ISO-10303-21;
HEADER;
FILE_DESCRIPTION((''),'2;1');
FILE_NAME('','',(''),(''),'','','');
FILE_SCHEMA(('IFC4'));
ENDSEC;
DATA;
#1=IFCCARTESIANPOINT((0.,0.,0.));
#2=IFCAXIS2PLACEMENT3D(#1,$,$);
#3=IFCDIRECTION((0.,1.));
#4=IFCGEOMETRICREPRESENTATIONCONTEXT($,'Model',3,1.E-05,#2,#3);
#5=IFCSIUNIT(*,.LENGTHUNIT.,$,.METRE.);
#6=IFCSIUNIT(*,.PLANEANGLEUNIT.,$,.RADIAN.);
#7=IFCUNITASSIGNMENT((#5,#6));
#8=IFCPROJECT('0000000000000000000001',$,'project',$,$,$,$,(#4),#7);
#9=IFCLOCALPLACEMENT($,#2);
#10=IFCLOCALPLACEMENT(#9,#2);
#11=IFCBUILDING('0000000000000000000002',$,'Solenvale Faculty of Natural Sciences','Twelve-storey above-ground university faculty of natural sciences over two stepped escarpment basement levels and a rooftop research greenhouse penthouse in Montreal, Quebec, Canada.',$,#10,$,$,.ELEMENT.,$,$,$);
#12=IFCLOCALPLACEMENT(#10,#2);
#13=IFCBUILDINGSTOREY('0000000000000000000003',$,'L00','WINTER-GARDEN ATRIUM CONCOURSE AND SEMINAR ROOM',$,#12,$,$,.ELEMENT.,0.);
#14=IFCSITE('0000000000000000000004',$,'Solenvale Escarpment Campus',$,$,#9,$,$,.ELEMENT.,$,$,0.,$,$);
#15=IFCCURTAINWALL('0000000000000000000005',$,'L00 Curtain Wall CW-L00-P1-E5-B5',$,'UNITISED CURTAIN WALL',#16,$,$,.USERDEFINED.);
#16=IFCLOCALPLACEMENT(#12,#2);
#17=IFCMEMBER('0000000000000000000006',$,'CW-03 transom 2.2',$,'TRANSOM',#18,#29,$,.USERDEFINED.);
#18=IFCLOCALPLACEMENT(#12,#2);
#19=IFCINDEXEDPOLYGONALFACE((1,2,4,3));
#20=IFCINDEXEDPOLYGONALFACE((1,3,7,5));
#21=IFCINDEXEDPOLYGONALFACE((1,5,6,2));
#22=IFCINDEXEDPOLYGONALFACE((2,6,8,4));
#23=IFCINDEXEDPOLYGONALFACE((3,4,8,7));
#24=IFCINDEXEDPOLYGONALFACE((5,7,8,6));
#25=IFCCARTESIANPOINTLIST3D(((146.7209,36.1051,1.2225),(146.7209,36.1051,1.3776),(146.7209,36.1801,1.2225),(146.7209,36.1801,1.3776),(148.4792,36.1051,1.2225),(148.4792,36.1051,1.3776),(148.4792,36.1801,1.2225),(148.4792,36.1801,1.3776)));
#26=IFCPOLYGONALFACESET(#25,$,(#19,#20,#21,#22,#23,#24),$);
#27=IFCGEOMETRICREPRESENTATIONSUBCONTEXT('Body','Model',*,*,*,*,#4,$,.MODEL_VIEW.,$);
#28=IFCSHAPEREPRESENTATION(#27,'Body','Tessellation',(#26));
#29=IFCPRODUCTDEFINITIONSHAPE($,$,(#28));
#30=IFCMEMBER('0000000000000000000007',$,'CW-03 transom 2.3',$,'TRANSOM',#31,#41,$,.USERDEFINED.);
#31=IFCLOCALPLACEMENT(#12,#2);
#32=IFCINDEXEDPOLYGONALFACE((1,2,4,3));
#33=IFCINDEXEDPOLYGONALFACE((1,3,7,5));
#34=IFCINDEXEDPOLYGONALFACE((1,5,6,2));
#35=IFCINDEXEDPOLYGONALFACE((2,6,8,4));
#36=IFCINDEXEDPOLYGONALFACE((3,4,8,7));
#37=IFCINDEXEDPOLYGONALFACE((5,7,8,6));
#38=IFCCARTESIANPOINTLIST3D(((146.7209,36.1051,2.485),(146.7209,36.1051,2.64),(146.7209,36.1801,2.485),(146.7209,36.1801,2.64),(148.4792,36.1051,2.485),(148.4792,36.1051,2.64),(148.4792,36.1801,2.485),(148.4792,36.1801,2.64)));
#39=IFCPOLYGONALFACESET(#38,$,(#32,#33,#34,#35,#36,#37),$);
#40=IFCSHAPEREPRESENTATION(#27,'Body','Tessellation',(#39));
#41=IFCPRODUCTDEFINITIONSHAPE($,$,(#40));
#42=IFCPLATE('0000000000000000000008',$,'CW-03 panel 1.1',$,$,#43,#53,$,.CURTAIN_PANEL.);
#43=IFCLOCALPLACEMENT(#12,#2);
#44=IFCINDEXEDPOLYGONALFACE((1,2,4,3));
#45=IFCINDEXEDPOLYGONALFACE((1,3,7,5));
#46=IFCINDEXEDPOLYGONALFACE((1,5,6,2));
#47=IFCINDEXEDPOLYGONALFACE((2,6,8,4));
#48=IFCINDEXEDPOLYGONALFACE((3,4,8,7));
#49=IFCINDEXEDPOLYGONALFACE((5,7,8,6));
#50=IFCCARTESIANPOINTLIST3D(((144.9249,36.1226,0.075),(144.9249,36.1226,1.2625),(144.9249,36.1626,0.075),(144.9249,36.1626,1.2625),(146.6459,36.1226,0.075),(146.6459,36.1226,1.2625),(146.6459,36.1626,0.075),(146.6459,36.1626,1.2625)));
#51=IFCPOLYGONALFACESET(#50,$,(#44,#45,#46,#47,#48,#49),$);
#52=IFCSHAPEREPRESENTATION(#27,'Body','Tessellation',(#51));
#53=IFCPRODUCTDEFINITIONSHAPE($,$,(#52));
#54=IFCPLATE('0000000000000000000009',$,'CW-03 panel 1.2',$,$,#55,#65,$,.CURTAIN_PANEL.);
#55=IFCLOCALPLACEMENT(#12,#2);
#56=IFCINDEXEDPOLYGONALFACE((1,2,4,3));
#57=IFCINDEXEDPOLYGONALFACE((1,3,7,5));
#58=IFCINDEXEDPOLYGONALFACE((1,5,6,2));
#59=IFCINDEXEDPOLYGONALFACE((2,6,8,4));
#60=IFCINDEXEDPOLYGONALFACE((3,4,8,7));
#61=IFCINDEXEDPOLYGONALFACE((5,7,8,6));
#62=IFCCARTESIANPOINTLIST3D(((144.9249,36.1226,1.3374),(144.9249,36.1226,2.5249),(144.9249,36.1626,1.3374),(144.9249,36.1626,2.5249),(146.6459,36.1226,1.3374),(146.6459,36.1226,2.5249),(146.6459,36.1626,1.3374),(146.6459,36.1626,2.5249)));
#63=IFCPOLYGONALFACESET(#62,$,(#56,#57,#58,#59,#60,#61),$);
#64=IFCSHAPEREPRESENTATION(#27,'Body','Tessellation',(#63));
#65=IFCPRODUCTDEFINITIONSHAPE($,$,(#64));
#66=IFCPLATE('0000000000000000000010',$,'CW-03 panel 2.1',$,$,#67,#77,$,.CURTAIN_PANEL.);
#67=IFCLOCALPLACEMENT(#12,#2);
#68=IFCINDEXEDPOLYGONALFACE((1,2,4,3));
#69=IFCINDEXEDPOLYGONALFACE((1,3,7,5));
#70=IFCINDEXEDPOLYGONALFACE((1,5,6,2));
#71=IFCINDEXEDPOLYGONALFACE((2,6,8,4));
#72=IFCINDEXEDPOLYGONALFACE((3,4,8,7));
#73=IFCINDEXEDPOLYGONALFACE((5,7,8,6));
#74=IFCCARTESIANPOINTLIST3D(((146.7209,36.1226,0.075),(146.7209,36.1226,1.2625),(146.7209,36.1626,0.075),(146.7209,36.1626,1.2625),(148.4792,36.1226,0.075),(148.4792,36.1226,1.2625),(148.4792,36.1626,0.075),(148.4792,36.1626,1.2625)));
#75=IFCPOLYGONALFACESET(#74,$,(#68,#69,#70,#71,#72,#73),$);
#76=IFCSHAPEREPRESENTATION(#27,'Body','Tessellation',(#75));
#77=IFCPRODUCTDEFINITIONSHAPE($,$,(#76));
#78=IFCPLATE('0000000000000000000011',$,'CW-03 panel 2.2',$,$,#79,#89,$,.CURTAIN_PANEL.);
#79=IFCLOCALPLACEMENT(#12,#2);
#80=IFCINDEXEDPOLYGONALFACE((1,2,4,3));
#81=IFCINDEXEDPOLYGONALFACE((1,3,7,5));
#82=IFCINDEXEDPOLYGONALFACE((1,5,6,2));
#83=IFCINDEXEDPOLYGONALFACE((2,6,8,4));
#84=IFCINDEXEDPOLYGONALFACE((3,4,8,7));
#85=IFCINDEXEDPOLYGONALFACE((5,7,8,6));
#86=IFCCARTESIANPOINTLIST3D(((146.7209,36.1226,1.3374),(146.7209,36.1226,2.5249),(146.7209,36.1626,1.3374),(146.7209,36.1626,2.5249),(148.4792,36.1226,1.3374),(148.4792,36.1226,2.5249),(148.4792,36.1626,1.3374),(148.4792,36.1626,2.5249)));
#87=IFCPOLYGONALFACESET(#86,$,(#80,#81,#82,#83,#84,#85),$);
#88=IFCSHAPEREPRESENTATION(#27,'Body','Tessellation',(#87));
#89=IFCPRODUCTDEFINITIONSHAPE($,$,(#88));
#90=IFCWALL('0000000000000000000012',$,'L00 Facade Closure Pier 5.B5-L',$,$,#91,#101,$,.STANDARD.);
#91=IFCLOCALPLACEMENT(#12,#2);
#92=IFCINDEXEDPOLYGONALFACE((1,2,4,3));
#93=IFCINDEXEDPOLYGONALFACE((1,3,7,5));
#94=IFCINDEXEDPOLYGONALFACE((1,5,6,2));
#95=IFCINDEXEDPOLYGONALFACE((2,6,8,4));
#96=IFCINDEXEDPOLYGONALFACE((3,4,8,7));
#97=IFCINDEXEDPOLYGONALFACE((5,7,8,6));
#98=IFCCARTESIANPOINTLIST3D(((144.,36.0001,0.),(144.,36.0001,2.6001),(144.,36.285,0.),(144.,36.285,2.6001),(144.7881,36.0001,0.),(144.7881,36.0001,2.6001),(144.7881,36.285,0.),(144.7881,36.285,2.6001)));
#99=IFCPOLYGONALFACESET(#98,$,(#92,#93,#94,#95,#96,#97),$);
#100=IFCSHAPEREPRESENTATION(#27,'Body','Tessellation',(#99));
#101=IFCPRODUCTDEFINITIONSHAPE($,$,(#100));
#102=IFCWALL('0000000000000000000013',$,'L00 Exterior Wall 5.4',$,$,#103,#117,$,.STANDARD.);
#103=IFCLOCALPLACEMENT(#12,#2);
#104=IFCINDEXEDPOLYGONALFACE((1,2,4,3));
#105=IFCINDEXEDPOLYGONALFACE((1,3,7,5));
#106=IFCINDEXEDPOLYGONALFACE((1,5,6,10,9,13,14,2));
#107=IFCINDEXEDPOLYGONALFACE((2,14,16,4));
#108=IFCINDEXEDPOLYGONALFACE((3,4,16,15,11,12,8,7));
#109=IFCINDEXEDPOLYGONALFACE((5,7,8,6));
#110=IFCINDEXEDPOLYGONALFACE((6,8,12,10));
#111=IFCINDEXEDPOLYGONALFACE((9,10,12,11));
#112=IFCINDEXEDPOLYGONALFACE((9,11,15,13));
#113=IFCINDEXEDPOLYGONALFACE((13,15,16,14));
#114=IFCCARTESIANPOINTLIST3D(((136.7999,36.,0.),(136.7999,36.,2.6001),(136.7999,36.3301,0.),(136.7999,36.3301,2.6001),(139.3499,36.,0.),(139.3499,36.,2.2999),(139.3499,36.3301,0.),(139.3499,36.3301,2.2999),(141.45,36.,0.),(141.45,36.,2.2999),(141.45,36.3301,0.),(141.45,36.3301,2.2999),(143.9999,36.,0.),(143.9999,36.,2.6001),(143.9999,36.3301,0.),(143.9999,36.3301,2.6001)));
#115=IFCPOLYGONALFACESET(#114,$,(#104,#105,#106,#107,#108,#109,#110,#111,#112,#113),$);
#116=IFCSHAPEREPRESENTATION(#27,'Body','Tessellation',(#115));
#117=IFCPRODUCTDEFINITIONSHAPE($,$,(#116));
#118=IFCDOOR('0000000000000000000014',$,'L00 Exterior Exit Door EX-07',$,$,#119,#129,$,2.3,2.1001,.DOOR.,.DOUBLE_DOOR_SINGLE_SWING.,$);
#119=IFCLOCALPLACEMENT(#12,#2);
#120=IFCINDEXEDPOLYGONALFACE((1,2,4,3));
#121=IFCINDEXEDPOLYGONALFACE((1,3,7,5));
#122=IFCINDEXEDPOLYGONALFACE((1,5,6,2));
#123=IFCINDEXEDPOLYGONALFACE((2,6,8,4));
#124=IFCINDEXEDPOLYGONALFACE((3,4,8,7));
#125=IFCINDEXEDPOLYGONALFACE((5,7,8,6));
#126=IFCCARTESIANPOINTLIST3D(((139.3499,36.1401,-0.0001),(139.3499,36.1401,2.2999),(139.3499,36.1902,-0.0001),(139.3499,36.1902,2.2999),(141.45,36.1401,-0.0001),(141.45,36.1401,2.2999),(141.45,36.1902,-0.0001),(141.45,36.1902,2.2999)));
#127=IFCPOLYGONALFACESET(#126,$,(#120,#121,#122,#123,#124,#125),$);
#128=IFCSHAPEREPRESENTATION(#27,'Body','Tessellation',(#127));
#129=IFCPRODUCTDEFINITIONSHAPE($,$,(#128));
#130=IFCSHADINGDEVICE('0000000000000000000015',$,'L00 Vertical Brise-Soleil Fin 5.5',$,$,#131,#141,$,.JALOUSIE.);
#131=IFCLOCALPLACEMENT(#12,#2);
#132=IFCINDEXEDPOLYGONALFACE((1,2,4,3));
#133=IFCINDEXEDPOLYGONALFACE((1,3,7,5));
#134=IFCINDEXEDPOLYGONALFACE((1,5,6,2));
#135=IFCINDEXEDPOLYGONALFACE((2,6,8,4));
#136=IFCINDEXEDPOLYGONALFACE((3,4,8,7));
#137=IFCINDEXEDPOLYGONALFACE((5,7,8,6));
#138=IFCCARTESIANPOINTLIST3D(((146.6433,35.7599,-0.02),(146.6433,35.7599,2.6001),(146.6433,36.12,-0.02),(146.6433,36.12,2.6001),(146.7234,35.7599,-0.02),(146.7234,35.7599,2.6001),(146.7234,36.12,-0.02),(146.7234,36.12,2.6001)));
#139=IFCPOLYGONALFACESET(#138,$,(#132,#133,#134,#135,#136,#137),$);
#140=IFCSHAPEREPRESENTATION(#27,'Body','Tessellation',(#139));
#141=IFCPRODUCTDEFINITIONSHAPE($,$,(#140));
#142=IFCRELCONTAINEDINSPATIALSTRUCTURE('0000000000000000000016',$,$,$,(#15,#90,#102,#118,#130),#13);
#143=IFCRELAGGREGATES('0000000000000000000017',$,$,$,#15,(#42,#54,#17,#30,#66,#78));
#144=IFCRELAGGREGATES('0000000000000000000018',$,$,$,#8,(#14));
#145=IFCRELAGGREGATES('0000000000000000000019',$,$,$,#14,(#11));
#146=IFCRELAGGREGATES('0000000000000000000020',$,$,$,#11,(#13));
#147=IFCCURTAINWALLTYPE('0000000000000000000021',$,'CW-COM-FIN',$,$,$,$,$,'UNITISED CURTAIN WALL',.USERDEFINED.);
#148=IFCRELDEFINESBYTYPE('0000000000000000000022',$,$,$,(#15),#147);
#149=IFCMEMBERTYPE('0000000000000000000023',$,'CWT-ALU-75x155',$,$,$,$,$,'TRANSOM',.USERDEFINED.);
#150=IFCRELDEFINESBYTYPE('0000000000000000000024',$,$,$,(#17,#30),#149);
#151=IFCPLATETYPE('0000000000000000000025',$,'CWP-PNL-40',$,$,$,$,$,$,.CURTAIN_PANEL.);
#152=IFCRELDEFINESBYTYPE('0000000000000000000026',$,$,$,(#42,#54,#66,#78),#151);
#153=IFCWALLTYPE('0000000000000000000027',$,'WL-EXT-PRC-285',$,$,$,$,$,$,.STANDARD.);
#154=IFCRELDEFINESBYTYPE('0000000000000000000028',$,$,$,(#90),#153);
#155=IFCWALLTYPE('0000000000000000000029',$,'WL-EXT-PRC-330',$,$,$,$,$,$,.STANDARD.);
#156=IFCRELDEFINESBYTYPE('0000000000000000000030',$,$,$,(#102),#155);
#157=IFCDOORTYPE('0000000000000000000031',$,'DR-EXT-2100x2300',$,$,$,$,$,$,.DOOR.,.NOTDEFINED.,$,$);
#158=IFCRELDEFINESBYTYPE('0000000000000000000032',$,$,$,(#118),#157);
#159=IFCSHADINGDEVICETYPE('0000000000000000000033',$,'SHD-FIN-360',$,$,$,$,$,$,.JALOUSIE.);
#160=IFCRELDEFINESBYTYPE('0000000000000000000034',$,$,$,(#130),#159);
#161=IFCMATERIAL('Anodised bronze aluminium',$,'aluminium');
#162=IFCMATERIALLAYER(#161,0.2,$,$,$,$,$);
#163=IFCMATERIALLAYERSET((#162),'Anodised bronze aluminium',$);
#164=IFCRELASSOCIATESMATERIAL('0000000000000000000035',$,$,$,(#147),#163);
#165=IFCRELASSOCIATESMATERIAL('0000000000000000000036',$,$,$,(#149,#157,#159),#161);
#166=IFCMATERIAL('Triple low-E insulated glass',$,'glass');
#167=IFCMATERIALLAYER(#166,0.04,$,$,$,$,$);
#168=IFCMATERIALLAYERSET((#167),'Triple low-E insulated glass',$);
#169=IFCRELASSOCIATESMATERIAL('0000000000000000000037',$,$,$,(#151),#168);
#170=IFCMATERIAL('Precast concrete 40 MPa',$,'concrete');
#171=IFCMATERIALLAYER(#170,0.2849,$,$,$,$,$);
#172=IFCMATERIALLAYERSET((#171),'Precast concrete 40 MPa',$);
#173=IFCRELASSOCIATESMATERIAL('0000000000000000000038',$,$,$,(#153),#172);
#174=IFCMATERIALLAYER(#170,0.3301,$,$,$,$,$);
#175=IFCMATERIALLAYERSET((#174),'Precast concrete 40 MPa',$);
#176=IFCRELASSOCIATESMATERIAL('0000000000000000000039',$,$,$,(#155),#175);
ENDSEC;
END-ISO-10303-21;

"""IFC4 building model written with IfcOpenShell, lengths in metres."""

from ifc_helpers import new_model, si_unit, direction, frame, frame_2d, origin, origin_2d, place, context, subcontext, project, spatial, rectangle, extrude, material, layer, layer_set, material_profile, profile_set, type_object, element, fill, aggregate, save


model = new_model("IFC4")

# Units and contexts
model_context = context("Model", 3, precision=1e-05, world=origin(), true_north=direction((0.0, 1.0)))
body_context = subcontext(model_context, "Body", "Model", "MODEL_VIEW")
ifc_project = project(units=[si_unit("LENGTHUNIT", "METRE"), si_unit("PLANEANGLEUNIT", "RADIAN")], contexts=[model_context])

# Site, building, storey
site_placement = place(None, origin())
site = spatial("IfcSite", under=ifc_project, at=site_placement, Name="Solenvale Escarpment Campus", CompositionType="ELEMENT", RefElevation=0.0)
building_placement = place(site_placement, origin())
building = spatial("IfcBuilding", under=site, at=building_placement, Name="Solenvale Faculty of Natural Sciences", Description="Twelve-storey above-ground university faculty of natural sciences over two stepped escarpment basement levels and a rooftop research greenhouse penthouse in Montreal, Quebec, Canada.", CompositionType="ELEMENT")
storey_placement = place(building_placement, origin())
storey = spatial("IfcBuildingStorey", under=building, at=storey_placement, Name="L00", Description="WINTER-GARDEN ATRIUM CONCOURSE AND SEMINAR ROOM", CompositionType="ELEMENT", Elevation=0.0)

# Curtain wall, members, plates
ifc_material_1 = material(Name="Anodised bronze aluminium", Category="aluminium")
ifc_layer_1 = layer(ifc_material_1, 0.2)
ifc_layer_set_1 = layer_set([ifc_layer_1], Name="Anodised bronze aluminium")
curtain_wall_type = type_object("IfcCurtainWallType", Name="CW-COM-FIN", ElementType="UNITISED CURTAIN WALL", PredefinedType="USERDEFINED", material=ifc_layer_set_1)
curtain_wall_placement = place(storey_placement, origin())
curtain_wall = element("IfcCurtainWall", 1, at=curtain_wall_placement, inside=storey, type_object=curtain_wall_type, Name="L00 Curtain Wall CW-L00-P1-E5-B5", ObjectType="UNITISED CURTAIN WALL", PredefinedType="USERDEFINED")
ifc_material_profile_1 = material_profile(ifc_material_1, rectangle(XDim=0.075, YDim=0.155, at=origin_2d()), Name="ALU-TRN-75x155")
ifc_profile_set_1 = profile_set([ifc_material_profile_1], Name="Anodised bronze aluminium")
member_type_1 = type_object("IfcMemberType", Name="CWT-ALU-75x155", ElementType="TRANSOM", PredefinedType="USERDEFINED", material=ifc_profile_set_1)
member_1_placement = place(storey_placement, frame((146.7209, 36.1426, 1.3), z_axis=(1.0, 0.0, 0.0), x_axis=(0.0, 1.0, 0.0)))
member_1 = element("IfcMember", 2, at=member_1_placement, type_object=member_type_1, Name="CW-03 transom 2.2", ObjectType="TRANSOM", PredefinedType="USERDEFINED", context=body_context, shape_type="SweptSolid", body=[
    extrude(rectangle(XDim=0.075, YDim=0.155, at=origin_2d()), origin(), (0.0, 0.0, 1.0), 1.7583),
])
member_2_placement = place(storey_placement, frame((146.7209, 36.1426, 2.5625), z_axis=(1.0, 0.0, 0.0), x_axis=(0.0, 1.0, 0.0)))
member_2 = element("IfcMember", 3, at=member_2_placement, type_object=member_type_1, Name="CW-03 transom 2.3", ObjectType="TRANSOM", PredefinedType="USERDEFINED", context=body_context, shape_type="SweptSolid", body=[
    extrude(rectangle(XDim=0.075, YDim=0.155, at=origin_2d()), origin(), (0.0, 0.0, 1.0), 1.7583),
])
ifc_material_2 = material(Name="Triple low-E insulated glass", Category="glass")
ifc_layer_2 = layer(ifc_material_2, 0.04)
ifc_layer_set_2 = layer_set([ifc_layer_2], Name="Triple low-E insulated glass")
plate_type = type_object("IfcPlateType", Name="CWP-PNL-40", PredefinedType="CURTAIN_PANEL", material=ifc_layer_set_2)
plate_1_placement = place(storey_placement, frame((145.7854, 36.1426, 0.075), z_axis=(0.0, 0.0, 1.0), x_axis=(1.0, 0.0, 0.0)))
plate_1 = element("IfcPlate", 4, at=plate_1_placement, type_object=plate_type, Name="CW-03 panel 1.1", PredefinedType="CURTAIN_PANEL", context=body_context, shape_type="SweptSolid", body=[
    extrude(rectangle(XDim=1.7209, YDim=0.04, at=origin_2d()), origin(), (0.0, 0.0, 1.0), 1.1875),
])
plate_2_placement = place(storey_placement, frame((145.7854, 36.1426, 1.3374), z_axis=(0.0, 0.0, 1.0), x_axis=(1.0, 0.0, 0.0)))
plate_2 = element("IfcPlate", 5, at=plate_2_placement, type_object=plate_type, Name="CW-03 panel 1.2", PredefinedType="CURTAIN_PANEL", context=body_context, shape_type="SweptSolid", body=[
    extrude(rectangle(XDim=1.7209, YDim=0.04, at=origin_2d()), origin(), (0.0, 0.0, 1.0), 1.1875),
])
plate_3_placement = place(storey_placement, frame((147.6001, 36.1426, 0.075), z_axis=(0.0, 0.0, 1.0), x_axis=(1.0, 0.0, 0.0)))
plate_3 = element("IfcPlate", 6, at=plate_3_placement, type_object=plate_type, Name="CW-03 panel 2.1", PredefinedType="CURTAIN_PANEL", context=body_context, shape_type="SweptSolid", body=[
    extrude(rectangle(XDim=1.7583, YDim=0.04, at=origin_2d()), origin(), (0.0, 0.0, 1.0), 1.1875),
])
plate_4_placement = place(storey_placement, frame((147.6001, 36.1426, 1.3374), z_axis=(0.0, 0.0, 1.0), x_axis=(1.0, 0.0, 0.0)))
plate_4 = element("IfcPlate", 7, at=plate_4_placement, type_object=plate_type, Name="CW-03 panel 2.2", PredefinedType="CURTAIN_PANEL", context=body_context, shape_type="SweptSolid", body=[
    extrude(rectangle(XDim=1.7583, YDim=0.04, at=origin_2d()), origin(), (0.0, 0.0, 1.0), 1.1875),
])
aggregate(curtain_wall, [plate_1, plate_2, member_1, member_2, plate_3, plate_4])

# Wall
ifc_material_3 = material(Name="Precast concrete 40 MPa", Category="concrete")
ifc_layer_3 = layer(ifc_material_3, 0.2849)
ifc_layer_set_3 = layer_set([ifc_layer_3], Name="Precast concrete 40 MPa")
wall_type_1 = type_object("IfcWallType", Name="WL-EXT-PRC-285", PredefinedType="STANDARD", material=ifc_layer_set_3)
wall_1_placement = place(storey_placement, frame((144.0, 36.1426, 0.0), z_axis=(0.0, 0.0, 1.0), x_axis=(1.0, 0.0, 0.0)))
element("IfcWall", 8, at=wall_1_placement, inside=storey, type_object=wall_type_1, Name="L00 Facade Closure Pier 5.B5-L", PredefinedType="STANDARD", context=body_context, shape_type="SweptSolid", body=[
    extrude(rectangle(XDim=0.7881, YDim=0.2849, at=frame_2d((0.394, 0.0))), origin(), (0.0, 0.0, 1.0), 2.6001),
])

# Wall, opening, door
ifc_layer_4 = layer(ifc_material_3, 0.3301)
ifc_layer_set_4 = layer_set([ifc_layer_4], Name="Precast concrete 40 MPa")
wall_type_2 = type_object("IfcWallType", Name="WL-EXT-PRC-330", PredefinedType="STANDARD", material=ifc_layer_set_4)
wall_2_placement = place(storey_placement, frame((144.0, 36.165, 0.0), z_axis=(0.0, 0.0, 1.0), x_axis=(-1.0, 0.0, 0.0)))
wall_2 = element("IfcWall", 9, at=wall_2_placement, inside=storey, type_object=wall_type_2, Name="L00 Exterior Wall 5.4", PredefinedType="STANDARD", context=body_context, shape_type="SweptSolid", body=[
    extrude(rectangle(XDim=7.2, YDim=0.3301, at=frame_2d((3.6001, 0.0))), origin(), (0.0, 0.0, 1.0), 2.6001),
])
opening_placement = place(wall_2_placement, frame((2.55, 0.0, 0.0)))
opening = element("IfcOpeningElement", 10, at=opening_placement, cuts=wall_2, PredefinedType="OPENING", context=body_context, shape_type="SweptSolid", body=[
    extrude(rectangle(XDim=2.1001, YDim=2.3, at=frame_2d((1.05, 1.1499))), frame((0.0, 0.175, 0.0), z_axis=(0.0, -1.0, 0.0), x_axis=(1.0, 0.0, 0.0)), (0.0, 0.0, 1.0), 0.3501),
])
door_type = type_object("IfcDoorType", Name="DR-EXT-2100x2300", OperationType="NOTDEFINED", PredefinedType="DOOR", material=ifc_material_1)
door_placement = place(opening_placement, origin())
door = element("IfcDoor", 11, at=door_placement, inside=storey, type_object=door_type, Name="L00 Exterior Exit Door EX-07", OperationType="DOUBLE_DOOR_SINGLE_SWING", OverallHeight=2.3, OverallWidth=2.1001, PredefinedType="DOOR", context=body_context, shape_type="SweptSolid", body=[
    extrude(rectangle(XDim=2.1001, YDim=2.3, at=frame_2d((1.05, 1.1499))), frame((0.0, 0.0249, 0.0), z_axis=(0.0, -1.0, 0.0), x_axis=(1.0, 0.0, 0.0)), (0.0, 0.0, 1.0), 0.05),
])
fill(opening, door)

# Shading device
ifc_material_profile_2 = material_profile(ifc_material_1, rectangle(XDim=0.0801, YDim=0.3601, at=origin_2d()), Name="ALU-FIN-80x360")
ifc_profile_set_2 = profile_set([ifc_material_profile_2], Name="Anodised bronze aluminium")
shading_device_type = type_object("IfcShadingDeviceType", Name="SHD-FIN-360", PredefinedType="JALOUSIE", material=ifc_profile_set_2)
shading_device_placement = place(storey_placement, frame((146.6833, 35.9399, -0.02), z_axis=(0.0, 0.0, 1.0), x_axis=(1.0, 0.0, 0.0)))
element("IfcShadingDevice", 12, at=shading_device_placement, inside=storey, type_object=shading_device_type, Name="L00 Vertical Brise-Soleil Fin 5.5", PredefinedType="JALOUSIE", context=body_context, shape_type="SweptSolid", body=[
    extrude(rectangle(XDim=0.0801, YDim=0.3601, at=origin_2d()), origin(), (0.0, 0.0, 1.0), 2.6201),
])

save(model, "model.ifc")
